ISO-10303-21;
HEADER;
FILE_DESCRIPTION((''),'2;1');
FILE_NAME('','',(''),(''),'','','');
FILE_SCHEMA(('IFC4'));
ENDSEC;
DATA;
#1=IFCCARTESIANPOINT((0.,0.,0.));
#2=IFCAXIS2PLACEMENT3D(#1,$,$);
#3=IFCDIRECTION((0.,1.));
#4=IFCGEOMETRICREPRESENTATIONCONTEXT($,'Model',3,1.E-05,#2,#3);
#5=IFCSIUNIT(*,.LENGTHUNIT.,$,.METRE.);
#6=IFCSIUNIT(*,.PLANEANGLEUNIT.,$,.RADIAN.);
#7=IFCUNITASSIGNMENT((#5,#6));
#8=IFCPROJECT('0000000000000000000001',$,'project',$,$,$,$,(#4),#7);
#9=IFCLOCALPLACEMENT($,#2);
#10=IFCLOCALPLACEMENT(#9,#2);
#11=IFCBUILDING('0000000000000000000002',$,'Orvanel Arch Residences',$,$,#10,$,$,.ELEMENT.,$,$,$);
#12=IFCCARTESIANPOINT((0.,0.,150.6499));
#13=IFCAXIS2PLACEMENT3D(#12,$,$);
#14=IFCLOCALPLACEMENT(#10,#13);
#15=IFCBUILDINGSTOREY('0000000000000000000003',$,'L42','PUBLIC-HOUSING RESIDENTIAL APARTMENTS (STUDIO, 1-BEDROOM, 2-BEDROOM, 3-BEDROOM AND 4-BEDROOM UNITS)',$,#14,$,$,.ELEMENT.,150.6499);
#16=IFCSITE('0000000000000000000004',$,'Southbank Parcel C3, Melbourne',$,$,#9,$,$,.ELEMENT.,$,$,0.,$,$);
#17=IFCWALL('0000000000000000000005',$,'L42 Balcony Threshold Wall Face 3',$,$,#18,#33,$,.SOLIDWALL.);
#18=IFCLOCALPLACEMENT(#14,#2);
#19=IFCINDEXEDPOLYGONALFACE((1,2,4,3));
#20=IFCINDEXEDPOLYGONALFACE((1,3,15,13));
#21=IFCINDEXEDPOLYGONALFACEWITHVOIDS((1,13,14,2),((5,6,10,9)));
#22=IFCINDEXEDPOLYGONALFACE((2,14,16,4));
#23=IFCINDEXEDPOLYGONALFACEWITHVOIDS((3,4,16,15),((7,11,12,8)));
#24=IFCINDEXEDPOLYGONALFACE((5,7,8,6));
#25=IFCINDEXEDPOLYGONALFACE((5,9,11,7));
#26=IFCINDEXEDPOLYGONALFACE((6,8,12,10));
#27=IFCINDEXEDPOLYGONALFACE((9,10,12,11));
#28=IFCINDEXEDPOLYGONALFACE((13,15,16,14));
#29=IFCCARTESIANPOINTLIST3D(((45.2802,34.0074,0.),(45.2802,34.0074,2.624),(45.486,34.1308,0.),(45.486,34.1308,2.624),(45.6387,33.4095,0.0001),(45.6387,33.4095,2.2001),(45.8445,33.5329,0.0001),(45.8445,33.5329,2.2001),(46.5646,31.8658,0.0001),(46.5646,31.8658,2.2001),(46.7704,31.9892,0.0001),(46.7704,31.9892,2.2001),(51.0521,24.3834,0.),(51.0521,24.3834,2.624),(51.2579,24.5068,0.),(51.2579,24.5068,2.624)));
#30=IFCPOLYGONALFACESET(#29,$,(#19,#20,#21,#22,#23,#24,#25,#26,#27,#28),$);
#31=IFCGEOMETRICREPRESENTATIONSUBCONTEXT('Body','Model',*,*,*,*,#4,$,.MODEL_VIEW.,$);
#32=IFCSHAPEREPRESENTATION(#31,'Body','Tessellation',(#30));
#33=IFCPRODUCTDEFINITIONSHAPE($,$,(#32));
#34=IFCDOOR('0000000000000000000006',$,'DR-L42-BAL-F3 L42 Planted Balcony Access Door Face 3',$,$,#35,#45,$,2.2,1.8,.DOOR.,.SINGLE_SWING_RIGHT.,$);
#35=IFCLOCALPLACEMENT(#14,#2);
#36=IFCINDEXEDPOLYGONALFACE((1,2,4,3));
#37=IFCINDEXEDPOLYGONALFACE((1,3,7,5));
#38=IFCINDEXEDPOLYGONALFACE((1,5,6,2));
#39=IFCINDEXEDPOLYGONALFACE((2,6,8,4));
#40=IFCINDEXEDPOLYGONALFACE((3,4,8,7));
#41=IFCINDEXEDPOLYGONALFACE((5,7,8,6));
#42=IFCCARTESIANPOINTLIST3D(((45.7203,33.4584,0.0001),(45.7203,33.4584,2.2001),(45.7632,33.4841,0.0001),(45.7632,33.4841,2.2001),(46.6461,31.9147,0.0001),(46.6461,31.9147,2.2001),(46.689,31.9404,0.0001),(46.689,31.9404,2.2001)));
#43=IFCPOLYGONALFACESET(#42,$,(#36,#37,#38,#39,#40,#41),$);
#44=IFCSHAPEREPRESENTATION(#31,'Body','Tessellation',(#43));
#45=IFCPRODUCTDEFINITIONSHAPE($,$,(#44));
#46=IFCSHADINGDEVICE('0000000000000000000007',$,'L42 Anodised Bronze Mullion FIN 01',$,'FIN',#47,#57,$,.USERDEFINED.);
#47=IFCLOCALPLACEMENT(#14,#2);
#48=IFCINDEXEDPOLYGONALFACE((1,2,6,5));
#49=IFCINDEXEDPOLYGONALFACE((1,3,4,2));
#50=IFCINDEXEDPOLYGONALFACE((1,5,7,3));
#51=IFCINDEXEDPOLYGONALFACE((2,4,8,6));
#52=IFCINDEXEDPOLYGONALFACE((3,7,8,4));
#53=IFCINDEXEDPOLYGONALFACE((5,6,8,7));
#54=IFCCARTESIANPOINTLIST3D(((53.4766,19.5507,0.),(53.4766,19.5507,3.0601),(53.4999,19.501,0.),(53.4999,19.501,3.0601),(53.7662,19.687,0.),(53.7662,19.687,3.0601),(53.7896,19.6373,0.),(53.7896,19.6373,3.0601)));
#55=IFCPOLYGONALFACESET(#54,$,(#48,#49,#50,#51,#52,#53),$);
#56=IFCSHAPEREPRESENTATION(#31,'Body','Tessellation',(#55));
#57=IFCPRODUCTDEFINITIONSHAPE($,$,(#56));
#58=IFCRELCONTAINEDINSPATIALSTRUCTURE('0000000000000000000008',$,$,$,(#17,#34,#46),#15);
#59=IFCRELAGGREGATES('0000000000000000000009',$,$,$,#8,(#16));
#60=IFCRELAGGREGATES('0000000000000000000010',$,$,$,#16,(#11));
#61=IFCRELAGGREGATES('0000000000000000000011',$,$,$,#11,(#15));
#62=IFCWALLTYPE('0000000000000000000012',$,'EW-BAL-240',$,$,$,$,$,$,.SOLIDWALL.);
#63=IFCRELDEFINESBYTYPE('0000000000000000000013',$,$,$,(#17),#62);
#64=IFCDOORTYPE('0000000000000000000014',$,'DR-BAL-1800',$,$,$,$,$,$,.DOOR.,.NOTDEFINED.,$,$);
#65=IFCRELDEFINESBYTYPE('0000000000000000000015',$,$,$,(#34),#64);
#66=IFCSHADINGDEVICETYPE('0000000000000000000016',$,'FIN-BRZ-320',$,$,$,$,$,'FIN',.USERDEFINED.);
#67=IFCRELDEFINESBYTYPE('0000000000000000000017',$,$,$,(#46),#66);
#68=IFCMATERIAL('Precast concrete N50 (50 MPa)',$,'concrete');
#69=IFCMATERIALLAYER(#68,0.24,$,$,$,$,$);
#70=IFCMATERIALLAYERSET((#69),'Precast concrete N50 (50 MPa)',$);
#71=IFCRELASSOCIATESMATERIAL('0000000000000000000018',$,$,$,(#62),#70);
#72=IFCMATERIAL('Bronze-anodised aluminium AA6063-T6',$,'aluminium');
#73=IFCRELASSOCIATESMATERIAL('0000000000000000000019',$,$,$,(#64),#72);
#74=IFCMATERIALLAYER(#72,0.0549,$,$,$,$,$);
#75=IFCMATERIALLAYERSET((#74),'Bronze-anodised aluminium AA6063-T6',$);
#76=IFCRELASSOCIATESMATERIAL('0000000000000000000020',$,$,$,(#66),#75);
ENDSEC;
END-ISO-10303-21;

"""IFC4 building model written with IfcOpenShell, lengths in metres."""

from ifc_helpers import new_model, si_unit, direction, frame, frame_2d, origin, origin_2d, place, context, subcontext, project, spatial, rectangle, extrude, material, layer, layer_set, type_object, element, fill, save


model = new_model("IFC4")

# Units and contexts
model_context = context("Model", 3, precision=1e-05, world=origin(), true_north=direction((0.0, 1.0)))
body_context = subcontext(model_context, "Body", "Model", "MODEL_VIEW")
ifc_project = project(units=[si_unit("LENGTHUNIT", "METRE"), si_unit("PLANEANGLEUNIT", "RADIAN")], contexts=[model_context])

# Site, building, storey
site_placement = place(None, origin())
site = spatial("IfcSite", under=ifc_project, at=site_placement, Name="Southbank Parcel C3, Melbourne", CompositionType="ELEMENT", RefElevation=0.0)
building_placement = place(site_placement, origin())
building = spatial("IfcBuilding", under=site, at=building_placement, Name="Orvanel Arch Residences", CompositionType="ELEMENT")
storey_placement = place(building_placement, frame((0.0, 0.0, 150.6499)))
storey = spatial("IfcBuildingStorey", under=building, at=storey_placement, Name="L42", Description="PUBLIC-HOUSING RESIDENTIAL APARTMENTS (STUDIO, 1-BEDROOM, 2-BEDROOM, 3-BEDROOM AND 4-BEDROOM UNITS)", CompositionType="ELEMENT", Elevation=150.6499)

# Shared definitions
ifc_material_1 = material(Name="Bronze-anodised aluminium AA6063-T6", Category="aluminium")

# Wall, opening, door
ifc_material_2 = material(Name="Precast concrete N50 (50 MPa)", Category="concrete")
ifc_layer_1 = layer(ifc_material_2, 0.24)
ifc_layer_set_1 = layer_set([ifc_layer_1], Name="Precast concrete N50 (50 MPa)")
wall_type = type_object("IfcWallType", Name="EW-BAL-240", PredefinedType="SOLIDWALL", material=ifc_layer_set_1)
wall_placement = place(storey_placement, frame((51.155, 24.4451, 0.0), z_axis=(0.0, 0.0, 1.0), x_axis=(-0.514336, 0.857589, 0.0)))
wall = element("IfcWall", 1, at=wall_placement, inside=storey, type_object=wall_type, Name="L42 Balcony Threshold Wall Face 3", PredefinedType="SOLIDWALL", context=body_context, shape_type="SweptSolid", body=[
    extrude(rectangle(XDim=11.2222, YDim=0.24, at=frame_2d((5.6111, 0.0))), origin(), (0.0, 0.0, 1.0), 2.624),
])
opening_placement = place(wall_placement, frame((8.7251, 0.0, 0.0)))
opening = element("IfcOpeningElement", 2, at=opening_placement, cuts=wall, PredefinedType="OPENING", context=body_context, shape_type="SweptSolid", body=[
    extrude(rectangle(XDim=1.8, YDim=2.2, at=frame_2d((0.8999, 1.1001))), frame((0.0, 0.1299, 0.0), z_axis=(0.0, -1.0, 0.0), x_axis=(1.0, 0.0, 0.0)), (0.0, 0.0, 1.0), 0.26),
])
door_type = type_object("IfcDoorType", Name="DR-BAL-1800", OperationType="NOTDEFINED", PredefinedType="DOOR", material=ifc_material_1)
door_placement = place(opening_placement, origin())
door = element("IfcDoor", 3, at=door_placement, inside=storey, type_object=door_type, Name="DR-L42-BAL-F3 L42 Planted Balcony Access Door Face 3", OperationType="SINGLE_SWING_RIGHT", OverallHeight=2.2, OverallWidth=1.8, PredefinedType="DOOR", context=body_context, shape_type="SweptSolid", body=[
    extrude(rectangle(XDim=1.8, YDim=2.2, at=frame_2d((0.8999, 1.1001))), frame((0.0, 0.0249, 0.0), z_axis=(0.0, -1.0, 0.0), x_axis=(1.0, 0.0, 0.0)), (0.0, 0.0, 1.0), 0.05),
])
fill(opening, door)

# Shading device
ifc_layer_2 = layer(ifc_material_1, 0.0549)
ifc_layer_set_2 = layer_set([ifc_layer_2], Name="Bronze-anodised aluminium AA6063-T6")
shading_device_type = type_object("IfcShadingDeviceType", Name="FIN-BRZ-320", ElementType="FIN", PredefinedType="USERDEFINED", material=ifc_layer_set_2)
shading_device_placement = place(storey_placement, frame((53.6331, 19.594, 0.0), z_axis=(0.0, 0.0, 1.0), x_axis=(0.904827, 0.425779, 0.0)))
element("IfcShadingDevice", 4, at=shading_device_placement, inside=storey, type_object=shading_device_type, Name="L42 Anodised Bronze Mullion FIN 01", ObjectType="FIN", PredefinedType="USERDEFINED", context=body_context, shape_type="SweptSolid", body=[
    extrude(rectangle(XDim=0.3201, YDim=0.0549, at=origin_2d()), origin(), (0.0, 0.0, 1.0), 3.0601),
])

save(model, "model.ifc")
